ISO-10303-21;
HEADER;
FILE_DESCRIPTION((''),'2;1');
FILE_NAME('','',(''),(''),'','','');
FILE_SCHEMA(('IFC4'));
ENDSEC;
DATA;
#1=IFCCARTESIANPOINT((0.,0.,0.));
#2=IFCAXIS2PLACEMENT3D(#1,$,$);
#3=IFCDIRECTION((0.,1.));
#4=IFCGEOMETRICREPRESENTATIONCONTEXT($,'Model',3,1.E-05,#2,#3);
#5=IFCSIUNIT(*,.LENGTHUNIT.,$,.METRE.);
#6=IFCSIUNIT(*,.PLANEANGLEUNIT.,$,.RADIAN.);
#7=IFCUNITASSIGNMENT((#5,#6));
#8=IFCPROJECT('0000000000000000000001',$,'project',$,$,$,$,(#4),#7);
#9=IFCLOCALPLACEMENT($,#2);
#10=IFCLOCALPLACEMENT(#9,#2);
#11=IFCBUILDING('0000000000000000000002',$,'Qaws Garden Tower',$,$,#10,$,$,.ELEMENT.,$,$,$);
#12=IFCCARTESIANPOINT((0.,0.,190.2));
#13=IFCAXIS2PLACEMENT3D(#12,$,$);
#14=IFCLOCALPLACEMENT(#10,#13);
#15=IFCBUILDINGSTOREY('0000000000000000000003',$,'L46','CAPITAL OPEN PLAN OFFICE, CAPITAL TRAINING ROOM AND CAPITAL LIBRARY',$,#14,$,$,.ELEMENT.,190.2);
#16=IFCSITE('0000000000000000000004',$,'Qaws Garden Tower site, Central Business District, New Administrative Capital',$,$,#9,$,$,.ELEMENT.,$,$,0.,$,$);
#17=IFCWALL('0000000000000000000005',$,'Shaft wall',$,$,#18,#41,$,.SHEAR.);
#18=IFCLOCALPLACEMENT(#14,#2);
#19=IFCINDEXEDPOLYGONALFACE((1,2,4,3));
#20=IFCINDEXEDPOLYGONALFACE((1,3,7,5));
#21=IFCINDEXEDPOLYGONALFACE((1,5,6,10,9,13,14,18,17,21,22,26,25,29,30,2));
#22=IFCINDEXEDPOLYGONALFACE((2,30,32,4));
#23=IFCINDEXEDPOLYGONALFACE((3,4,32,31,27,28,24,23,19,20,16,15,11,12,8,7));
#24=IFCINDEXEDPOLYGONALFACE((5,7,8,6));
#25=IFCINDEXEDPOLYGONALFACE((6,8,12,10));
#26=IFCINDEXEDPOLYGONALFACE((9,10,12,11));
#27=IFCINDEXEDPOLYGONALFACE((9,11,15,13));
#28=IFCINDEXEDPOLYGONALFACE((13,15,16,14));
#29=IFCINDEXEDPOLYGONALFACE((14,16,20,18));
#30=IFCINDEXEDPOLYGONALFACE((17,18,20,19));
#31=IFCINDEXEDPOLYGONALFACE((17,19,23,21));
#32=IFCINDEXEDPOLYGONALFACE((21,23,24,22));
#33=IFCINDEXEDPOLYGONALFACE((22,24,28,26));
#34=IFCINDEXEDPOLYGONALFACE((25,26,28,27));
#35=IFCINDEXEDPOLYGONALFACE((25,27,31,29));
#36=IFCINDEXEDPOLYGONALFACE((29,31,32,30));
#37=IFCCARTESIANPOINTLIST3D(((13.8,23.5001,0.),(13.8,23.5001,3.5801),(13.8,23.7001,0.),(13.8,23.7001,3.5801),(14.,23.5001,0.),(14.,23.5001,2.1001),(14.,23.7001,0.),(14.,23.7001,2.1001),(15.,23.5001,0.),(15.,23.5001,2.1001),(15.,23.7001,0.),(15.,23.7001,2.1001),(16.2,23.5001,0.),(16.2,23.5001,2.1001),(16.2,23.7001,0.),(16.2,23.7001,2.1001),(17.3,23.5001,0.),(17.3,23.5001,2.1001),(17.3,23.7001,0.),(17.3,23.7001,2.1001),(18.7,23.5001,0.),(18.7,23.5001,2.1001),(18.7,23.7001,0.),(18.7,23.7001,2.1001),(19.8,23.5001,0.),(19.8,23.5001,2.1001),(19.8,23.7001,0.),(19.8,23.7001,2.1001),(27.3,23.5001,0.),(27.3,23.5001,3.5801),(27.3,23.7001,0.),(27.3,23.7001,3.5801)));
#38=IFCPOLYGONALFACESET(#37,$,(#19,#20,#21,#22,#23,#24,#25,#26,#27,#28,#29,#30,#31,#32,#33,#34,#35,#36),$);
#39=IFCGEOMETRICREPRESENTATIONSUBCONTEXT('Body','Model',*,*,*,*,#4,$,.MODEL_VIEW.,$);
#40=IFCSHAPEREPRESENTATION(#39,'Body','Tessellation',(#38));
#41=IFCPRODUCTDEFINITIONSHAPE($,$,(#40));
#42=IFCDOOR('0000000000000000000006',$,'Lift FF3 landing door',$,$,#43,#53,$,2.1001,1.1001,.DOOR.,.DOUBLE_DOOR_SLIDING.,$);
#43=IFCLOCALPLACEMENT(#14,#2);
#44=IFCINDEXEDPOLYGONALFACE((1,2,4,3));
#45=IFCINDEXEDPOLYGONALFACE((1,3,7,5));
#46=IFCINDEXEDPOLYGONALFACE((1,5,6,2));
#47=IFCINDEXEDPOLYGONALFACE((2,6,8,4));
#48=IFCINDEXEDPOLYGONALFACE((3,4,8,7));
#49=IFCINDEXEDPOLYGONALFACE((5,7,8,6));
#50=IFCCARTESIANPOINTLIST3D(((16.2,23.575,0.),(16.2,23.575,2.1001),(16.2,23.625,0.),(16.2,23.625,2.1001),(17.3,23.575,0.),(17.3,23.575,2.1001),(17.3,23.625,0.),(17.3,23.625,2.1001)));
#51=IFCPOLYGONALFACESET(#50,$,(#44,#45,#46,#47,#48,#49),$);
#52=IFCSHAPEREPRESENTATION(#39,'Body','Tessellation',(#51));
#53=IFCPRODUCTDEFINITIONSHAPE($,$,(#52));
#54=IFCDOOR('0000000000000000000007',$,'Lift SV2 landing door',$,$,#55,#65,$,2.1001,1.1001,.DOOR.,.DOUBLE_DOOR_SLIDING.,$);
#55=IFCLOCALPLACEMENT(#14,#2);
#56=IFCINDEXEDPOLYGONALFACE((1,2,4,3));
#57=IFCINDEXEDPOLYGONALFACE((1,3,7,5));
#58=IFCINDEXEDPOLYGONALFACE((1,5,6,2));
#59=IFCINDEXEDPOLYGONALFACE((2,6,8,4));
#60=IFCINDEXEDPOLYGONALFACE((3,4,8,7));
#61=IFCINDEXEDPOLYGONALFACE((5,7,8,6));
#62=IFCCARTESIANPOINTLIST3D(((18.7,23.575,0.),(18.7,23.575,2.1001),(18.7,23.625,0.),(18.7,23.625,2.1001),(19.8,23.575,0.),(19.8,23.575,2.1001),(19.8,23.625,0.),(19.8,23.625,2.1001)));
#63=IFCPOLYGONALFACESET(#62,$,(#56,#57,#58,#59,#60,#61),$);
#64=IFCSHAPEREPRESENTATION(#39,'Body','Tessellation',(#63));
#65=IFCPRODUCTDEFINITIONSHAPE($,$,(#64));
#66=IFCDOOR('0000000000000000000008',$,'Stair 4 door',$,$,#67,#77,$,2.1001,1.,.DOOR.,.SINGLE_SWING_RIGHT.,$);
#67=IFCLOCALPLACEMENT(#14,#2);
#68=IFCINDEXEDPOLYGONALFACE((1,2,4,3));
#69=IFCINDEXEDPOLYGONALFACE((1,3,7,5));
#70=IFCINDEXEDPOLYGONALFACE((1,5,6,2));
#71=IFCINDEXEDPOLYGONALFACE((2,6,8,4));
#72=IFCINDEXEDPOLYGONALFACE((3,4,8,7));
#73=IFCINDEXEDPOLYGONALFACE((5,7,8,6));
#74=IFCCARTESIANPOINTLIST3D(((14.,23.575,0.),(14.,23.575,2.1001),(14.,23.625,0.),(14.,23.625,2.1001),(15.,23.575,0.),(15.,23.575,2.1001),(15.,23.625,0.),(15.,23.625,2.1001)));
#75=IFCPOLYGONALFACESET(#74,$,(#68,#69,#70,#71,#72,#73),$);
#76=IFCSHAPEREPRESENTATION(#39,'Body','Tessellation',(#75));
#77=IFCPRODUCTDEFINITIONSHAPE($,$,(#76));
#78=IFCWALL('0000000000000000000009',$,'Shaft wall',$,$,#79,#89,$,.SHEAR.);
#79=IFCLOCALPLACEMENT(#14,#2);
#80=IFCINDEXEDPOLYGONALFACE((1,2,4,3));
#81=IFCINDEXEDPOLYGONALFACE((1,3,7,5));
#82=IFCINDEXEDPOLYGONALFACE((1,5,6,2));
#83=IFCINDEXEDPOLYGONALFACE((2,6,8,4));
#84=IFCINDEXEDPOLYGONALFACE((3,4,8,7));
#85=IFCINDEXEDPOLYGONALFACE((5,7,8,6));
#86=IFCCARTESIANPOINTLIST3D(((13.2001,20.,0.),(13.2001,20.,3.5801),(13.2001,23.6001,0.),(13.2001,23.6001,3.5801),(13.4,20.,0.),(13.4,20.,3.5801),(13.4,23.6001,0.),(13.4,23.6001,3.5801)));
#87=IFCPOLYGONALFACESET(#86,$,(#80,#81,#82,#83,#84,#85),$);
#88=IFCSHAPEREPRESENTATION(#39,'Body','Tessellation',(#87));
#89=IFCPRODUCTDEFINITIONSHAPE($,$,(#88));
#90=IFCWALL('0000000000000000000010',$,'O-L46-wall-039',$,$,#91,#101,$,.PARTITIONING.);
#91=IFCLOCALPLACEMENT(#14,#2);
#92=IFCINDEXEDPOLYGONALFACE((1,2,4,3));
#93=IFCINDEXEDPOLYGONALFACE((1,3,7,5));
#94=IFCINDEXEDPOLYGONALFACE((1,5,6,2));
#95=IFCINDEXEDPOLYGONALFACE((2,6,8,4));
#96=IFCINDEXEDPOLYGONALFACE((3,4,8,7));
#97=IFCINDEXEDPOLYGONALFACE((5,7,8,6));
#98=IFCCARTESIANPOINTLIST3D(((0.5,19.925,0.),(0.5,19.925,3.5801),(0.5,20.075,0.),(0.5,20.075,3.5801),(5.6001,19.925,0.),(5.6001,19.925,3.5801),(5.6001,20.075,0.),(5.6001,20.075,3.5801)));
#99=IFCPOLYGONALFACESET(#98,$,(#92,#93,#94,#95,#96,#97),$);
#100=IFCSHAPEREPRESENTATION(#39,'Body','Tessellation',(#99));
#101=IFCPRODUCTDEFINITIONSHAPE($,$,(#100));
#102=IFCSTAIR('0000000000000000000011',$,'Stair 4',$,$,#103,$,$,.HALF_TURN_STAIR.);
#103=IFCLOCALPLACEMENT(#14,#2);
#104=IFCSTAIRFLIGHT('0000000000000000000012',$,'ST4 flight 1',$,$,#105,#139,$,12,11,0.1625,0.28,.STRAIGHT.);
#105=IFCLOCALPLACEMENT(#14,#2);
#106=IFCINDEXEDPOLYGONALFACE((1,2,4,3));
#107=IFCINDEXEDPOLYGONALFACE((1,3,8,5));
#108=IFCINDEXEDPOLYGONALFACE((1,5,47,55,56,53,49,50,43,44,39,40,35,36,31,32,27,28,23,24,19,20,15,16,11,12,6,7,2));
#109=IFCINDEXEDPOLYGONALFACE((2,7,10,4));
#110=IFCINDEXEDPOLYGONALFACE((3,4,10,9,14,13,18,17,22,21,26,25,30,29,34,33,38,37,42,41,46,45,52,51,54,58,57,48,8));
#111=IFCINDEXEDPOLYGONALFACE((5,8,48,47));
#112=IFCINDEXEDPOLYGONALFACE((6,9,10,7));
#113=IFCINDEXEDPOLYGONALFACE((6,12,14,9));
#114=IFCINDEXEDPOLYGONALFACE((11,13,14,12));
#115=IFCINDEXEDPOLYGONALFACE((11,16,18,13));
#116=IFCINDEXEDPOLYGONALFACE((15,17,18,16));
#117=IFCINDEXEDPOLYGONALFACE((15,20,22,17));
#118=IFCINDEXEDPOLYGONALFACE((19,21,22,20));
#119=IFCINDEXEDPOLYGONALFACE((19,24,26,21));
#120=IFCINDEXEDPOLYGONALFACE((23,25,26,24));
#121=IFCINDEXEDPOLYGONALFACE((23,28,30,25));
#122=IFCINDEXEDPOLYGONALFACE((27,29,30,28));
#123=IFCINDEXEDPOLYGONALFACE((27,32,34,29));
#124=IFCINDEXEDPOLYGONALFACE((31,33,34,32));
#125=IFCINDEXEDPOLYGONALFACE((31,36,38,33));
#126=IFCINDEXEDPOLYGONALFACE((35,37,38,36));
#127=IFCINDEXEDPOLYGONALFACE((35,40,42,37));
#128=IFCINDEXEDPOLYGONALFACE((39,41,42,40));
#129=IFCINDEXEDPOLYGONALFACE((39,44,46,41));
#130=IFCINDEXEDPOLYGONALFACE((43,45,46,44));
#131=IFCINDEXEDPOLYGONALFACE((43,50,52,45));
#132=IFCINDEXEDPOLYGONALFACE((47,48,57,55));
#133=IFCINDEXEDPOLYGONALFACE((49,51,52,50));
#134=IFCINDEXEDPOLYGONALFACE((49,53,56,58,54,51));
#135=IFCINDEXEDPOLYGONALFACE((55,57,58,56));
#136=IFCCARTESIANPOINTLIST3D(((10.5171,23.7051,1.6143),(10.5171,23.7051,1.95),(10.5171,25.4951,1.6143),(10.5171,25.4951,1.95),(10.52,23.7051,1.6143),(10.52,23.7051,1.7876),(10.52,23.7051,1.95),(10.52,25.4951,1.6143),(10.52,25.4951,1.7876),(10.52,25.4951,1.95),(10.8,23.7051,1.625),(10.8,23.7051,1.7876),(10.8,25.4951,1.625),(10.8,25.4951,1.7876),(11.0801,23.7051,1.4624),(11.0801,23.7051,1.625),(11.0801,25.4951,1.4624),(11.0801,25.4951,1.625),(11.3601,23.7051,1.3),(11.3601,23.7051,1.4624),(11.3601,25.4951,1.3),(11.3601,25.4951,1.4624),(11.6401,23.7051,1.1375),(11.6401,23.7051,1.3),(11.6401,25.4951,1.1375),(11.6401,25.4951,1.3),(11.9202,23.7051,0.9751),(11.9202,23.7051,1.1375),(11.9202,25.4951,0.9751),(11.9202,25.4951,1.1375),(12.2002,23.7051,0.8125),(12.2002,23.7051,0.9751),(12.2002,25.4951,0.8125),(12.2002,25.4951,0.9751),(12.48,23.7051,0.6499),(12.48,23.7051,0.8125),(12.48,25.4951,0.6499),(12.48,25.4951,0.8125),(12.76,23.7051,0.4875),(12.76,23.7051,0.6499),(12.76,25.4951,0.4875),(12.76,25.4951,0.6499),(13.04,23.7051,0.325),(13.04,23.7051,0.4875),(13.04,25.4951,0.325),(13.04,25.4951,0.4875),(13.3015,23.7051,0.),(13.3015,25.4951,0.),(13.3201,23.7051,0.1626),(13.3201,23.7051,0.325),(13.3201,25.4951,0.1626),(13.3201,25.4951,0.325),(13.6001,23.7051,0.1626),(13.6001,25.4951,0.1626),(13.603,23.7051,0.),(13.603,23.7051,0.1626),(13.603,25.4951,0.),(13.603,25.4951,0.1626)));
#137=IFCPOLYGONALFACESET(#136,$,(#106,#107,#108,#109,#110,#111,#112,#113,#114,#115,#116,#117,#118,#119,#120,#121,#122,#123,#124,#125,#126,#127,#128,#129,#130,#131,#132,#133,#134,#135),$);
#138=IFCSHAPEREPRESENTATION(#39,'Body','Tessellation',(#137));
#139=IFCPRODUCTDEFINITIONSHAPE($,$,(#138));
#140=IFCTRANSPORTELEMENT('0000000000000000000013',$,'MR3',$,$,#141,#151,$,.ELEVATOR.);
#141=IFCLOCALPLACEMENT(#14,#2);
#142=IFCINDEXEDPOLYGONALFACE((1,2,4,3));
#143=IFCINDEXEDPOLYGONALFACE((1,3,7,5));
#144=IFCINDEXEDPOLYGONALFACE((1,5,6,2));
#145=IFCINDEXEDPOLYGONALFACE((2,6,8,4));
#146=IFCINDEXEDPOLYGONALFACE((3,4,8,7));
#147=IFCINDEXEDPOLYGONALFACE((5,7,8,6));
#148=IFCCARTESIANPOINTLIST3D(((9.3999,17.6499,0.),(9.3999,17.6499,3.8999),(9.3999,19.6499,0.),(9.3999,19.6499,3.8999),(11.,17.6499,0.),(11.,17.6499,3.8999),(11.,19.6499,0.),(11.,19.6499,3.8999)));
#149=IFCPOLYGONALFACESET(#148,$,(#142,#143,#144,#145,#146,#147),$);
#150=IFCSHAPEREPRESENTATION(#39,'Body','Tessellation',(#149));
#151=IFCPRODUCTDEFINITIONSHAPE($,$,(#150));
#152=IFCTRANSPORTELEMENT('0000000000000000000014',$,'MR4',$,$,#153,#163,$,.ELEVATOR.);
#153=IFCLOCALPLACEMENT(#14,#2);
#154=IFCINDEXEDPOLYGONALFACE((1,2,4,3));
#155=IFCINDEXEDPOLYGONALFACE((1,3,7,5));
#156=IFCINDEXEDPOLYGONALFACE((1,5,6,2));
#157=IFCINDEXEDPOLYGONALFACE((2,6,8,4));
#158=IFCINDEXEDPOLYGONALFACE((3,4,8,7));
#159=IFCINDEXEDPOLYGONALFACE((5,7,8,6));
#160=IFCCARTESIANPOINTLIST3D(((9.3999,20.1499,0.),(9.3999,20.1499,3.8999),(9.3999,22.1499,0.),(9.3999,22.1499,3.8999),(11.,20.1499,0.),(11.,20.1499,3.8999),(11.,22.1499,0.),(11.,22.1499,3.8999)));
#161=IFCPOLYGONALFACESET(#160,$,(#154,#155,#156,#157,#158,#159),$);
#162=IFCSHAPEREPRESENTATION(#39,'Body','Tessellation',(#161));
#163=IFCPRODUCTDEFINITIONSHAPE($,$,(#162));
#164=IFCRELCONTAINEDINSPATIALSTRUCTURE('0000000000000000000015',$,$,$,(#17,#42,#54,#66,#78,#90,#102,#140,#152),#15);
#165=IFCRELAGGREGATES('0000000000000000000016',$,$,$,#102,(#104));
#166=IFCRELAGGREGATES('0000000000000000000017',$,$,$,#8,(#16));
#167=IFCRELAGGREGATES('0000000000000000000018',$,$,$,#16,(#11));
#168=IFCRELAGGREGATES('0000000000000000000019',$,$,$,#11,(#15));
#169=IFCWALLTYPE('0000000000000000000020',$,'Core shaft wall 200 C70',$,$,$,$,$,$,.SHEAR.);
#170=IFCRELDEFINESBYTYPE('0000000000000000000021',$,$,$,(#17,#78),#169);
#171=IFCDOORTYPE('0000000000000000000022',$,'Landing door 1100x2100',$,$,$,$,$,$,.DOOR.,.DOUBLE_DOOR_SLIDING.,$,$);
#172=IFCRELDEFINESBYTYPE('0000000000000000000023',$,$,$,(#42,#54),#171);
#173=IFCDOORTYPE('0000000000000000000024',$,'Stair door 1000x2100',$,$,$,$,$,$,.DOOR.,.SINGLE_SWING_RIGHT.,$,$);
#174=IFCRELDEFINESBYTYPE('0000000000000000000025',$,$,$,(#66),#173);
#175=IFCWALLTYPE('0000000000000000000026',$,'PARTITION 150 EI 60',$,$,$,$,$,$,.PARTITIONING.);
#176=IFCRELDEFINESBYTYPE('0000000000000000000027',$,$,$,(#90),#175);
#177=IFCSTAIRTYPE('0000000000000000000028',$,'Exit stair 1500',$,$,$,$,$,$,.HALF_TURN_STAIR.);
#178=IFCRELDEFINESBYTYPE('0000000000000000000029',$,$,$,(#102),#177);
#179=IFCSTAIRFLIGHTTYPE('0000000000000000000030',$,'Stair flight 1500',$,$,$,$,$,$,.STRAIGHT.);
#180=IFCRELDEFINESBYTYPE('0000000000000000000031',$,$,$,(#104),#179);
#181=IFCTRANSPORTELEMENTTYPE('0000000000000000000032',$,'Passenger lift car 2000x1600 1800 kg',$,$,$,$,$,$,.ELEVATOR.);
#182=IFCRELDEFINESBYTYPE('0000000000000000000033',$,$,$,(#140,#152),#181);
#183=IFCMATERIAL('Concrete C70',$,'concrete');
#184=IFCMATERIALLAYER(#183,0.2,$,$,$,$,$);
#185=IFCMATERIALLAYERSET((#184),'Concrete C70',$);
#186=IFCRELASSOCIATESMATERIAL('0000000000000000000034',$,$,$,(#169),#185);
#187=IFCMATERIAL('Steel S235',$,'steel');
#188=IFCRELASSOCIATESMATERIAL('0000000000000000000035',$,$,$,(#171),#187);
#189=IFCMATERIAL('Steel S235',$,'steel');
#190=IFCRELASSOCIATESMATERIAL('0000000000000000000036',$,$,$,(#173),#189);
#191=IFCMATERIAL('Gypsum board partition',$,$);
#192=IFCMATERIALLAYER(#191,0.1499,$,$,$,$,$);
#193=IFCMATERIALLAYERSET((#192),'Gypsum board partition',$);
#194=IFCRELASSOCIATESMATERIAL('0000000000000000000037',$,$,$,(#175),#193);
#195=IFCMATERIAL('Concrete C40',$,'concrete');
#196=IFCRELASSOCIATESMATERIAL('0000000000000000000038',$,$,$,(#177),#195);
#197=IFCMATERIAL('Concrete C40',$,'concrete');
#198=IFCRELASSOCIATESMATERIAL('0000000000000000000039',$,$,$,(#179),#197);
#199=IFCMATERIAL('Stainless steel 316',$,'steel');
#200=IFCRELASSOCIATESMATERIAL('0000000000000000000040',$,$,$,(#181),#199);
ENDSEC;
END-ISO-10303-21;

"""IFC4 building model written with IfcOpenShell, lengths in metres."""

from ifc_helpers import new_model, si_unit, direction, frame, frame_2d, origin, origin_2d, place, context, subcontext, project, spatial, polyline, rectangle, outline, extrude, material, layer, layer_set, type_object, element, fill, aggregate, save


model = new_model("IFC4")

# Units and contexts
model_context = context("Model", 3, precision=1e-05, world=origin(), true_north=direction((0.0, 1.0)))
body_context = subcontext(model_context, "Body", "Model", "MODEL_VIEW")
ifc_project = project(units=[si_unit("LENGTHUNIT", "METRE"), si_unit("PLANEANGLEUNIT", "RADIAN")], contexts=[model_context])

# Site, building, storey
site_placement = place(None, origin())
site = spatial("IfcSite", under=ifc_project, at=site_placement, Name="Qaws Garden Tower site, Central Business District, New Administrative Capital", CompositionType="ELEMENT", RefElevation=0.0)
building_placement = place(site_placement, origin())
building = spatial("IfcBuilding", under=site, at=building_placement, Name="Qaws Garden Tower", CompositionType="ELEMENT")
storey_placement = place(building_placement, frame((0.0, 0.0, 190.2)))
storey = spatial("IfcBuildingStorey", under=building, at=storey_placement, Name="L46", Description="CAPITAL OPEN PLAN OFFICE, CAPITAL TRAINING ROOM AND CAPITAL LIBRARY", CompositionType="ELEMENT", Elevation=190.2)

# Shared definitions
ifc_material_1 = material(Name="Concrete C70", Category="concrete")
ifc_layer_1 = layer(ifc_material_1, 0.2)
ifc_layer_set_1 = layer_set([ifc_layer_1], Name="Concrete C70")
wall_type_1 = type_object("IfcWallType", Name="Core shaft wall 200 C70", PredefinedType="SHEAR", material=ifc_layer_set_1)

# Wall, openings, doors
wall_1_placement = place(storey_placement, frame((13.8, 23.6001, 0.0), z_axis=(0.0, 0.0, 1.0), x_axis=(1.0, 0.0, 0.0)))
wall_1 = element("IfcWall", 1, at=wall_1_placement, inside=storey, type_object=wall_type_1, Name="Shaft wall", PredefinedType="SHEAR", context=body_context, shape_type="SweptSolid", body=[
    extrude(rectangle(XDim=13.5, YDim=0.2, at=frame_2d((6.75, 0.0))), origin(), (0.0, 0.0, 1.0), 3.5801),
])
opening_1_placement = place(wall_1_placement, frame((2.3999, 0.0, 0.0)))
opening_1 = element("IfcOpeningElement", 2, at=opening_1_placement, cuts=wall_1, PredefinedType="OPENING", context=body_context, shape_type="SweptSolid", body=[
    extrude(rectangle(XDim=1.1001, YDim=2.1001, at=frame_2d((0.55, 1.05))), frame((0.0, 0.1099, 0.0), z_axis=(0.0, -1.0, 0.0), x_axis=(1.0, 0.0, 0.0)), (0.0, 0.0, 1.0), 0.22),
])
opening_2_placement = place(wall_1_placement, frame((4.8999, 0.0, 0.0)))
opening_2 = element("IfcOpeningElement", 3, at=opening_2_placement, cuts=wall_1, PredefinedType="OPENING", context=body_context, shape_type="SweptSolid", body=[
    extrude(rectangle(XDim=1.1001, YDim=2.1001, at=frame_2d((0.55, 1.05))), frame((0.0, 0.1099, 0.0), z_axis=(0.0, -1.0, 0.0), x_axis=(1.0, 0.0, 0.0)), (0.0, 0.0, 1.0), 0.22),
])
opening_3_placement = place(wall_1_placement, frame((0.2, 0.0, 0.0)))
opening_3 = element("IfcOpeningElement", 4, at=opening_3_placement, cuts=wall_1, PredefinedType="OPENING", context=body_context, shape_type="SweptSolid", body=[
    extrude(rectangle(XDim=1.0, YDim=2.1001, at=frame_2d((0.5, 1.05))), frame((0.0, 0.1099, 0.0), z_axis=(0.0, -1.0, 0.0), x_axis=(1.0, 0.0, 0.0)), (0.0, 0.0, 1.0), 0.22),
])
ifc_material_2 = material(Name="Steel S235", Category="steel")
door_type_1 = type_object("IfcDoorType", Name="Landing door 1100x2100", OperationType="DOUBLE_DOOR_SLIDING", PredefinedType="DOOR", material=ifc_material_2)
door_1_placement = place(opening_1_placement, origin())
door_1 = element("IfcDoor", 5, at=door_1_placement, inside=storey, type_object=door_type_1, Name="Lift FF3 landing door", OperationType="DOUBLE_DOOR_SLIDING", OverallHeight=2.1001, OverallWidth=1.1001, PredefinedType="DOOR", context=body_context, shape_type="SweptSolid", body=[
    extrude(rectangle(XDim=1.1001, YDim=2.1001, at=frame_2d((0.55, 1.05))), frame((0.0, 0.0249, 0.0), z_axis=(0.0, -1.0, 0.0), x_axis=(1.0, 0.0, 0.0)), (0.0, 0.0, 1.0), 0.05),
])
fill(opening_1, door_1)
door_2_placement = place(opening_2_placement, origin())
door_2 = element("IfcDoor", 6, at=door_2_placement, inside=storey, type_object=door_type_1, Name="Lift SV2 landing door", OperationType="DOUBLE_DOOR_SLIDING", OverallHeight=2.1001, OverallWidth=1.1001, PredefinedType="DOOR", context=body_context, shape_type="SweptSolid", body=[
    extrude(rectangle(XDim=1.1001, YDim=2.1001, at=frame_2d((0.55, 1.05))), frame((0.0, 0.0249, 0.0), z_axis=(0.0, -1.0, 0.0), x_axis=(1.0, 0.0, 0.0)), (0.0, 0.0, 1.0), 0.05),
])
fill(opening_2, door_2)
ifc_material_3 = material(Name="Steel S235", Category="steel")
door_type_2 = type_object("IfcDoorType", Name="Stair door 1000x2100", OperationType="SINGLE_SWING_RIGHT", PredefinedType="DOOR", material=ifc_material_3)
door_3_placement = place(opening_3_placement, origin())
door_3 = element("IfcDoor", 7, at=door_3_placement, inside=storey, type_object=door_type_2, Name="Stair 4 door", OperationType="SINGLE_SWING_RIGHT", OverallHeight=2.1001, OverallWidth=1.0, PredefinedType="DOOR", context=body_context, shape_type="SweptSolid", body=[
    extrude(rectangle(XDim=1.0, YDim=2.1001, at=frame_2d((0.5, 1.05))), frame((0.0, 0.0249, 0.0), z_axis=(0.0, -1.0, 0.0), x_axis=(1.0, 0.0, 0.0)), (0.0, 0.0, 1.0), 0.05),
])
fill(opening_3, door_3)

# Walls
wall_2_placement = place(storey_placement, frame((13.3, 20.0, 0.0), z_axis=(0.0, 0.0, 1.0), x_axis=(0.0, 1.0, 0.0)))
element("IfcWall", 8, at=wall_2_placement, inside=storey, type_object=wall_type_1, Name="Shaft wall", PredefinedType="SHEAR", context=body_context, shape_type="SweptSolid", body=[
    extrude(rectangle(XDim=3.6001, YDim=0.2, at=frame_2d((1.8, 0.0))), origin(), (0.0, 0.0, 1.0), 3.5801),
])
ifc_material_4 = material(Name="Gypsum board partition")
ifc_layer_2 = layer(ifc_material_4, 0.1499)
ifc_layer_set_2 = layer_set([ifc_layer_2], Name="Gypsum board partition")
wall_type_2 = type_object("IfcWallType", Name="PARTITION 150 EI 60", PredefinedType="PARTITIONING", material=ifc_layer_set_2)
wall_3_placement = place(storey_placement, frame((0.5, 20.0, 0.0), z_axis=(0.0, 0.0, 1.0), x_axis=(1.0, 0.0, 0.0)))
element("IfcWall", 9, at=wall_3_placement, inside=storey, type_object=wall_type_2, Name="O-L46-wall-039", PredefinedType="PARTITIONING", context=body_context, shape_type="SweptSolid", body=[
    extrude(rectangle(XDim=5.1001, YDim=0.1499, at=frame_2d((2.55, 0.0))), origin(), (0.0, 0.0, 1.0), 3.5801),
])

# Stair, stair flight
ifc_material_5 = material(Name="Concrete C40", Category="concrete")
stair_type = type_object("IfcStairType", Name="Exit stair 1500", PredefinedType="HALF_TURN_STAIR", material=ifc_material_5)
stair_placement = place(storey_placement, origin())
stair = element("IfcStair", 10, at=stair_placement, inside=storey, type_object=stair_type, Name="Stair 4", PredefinedType="HALF_TURN_STAIR")
ifc_material_6 = material(Name="Concrete C40", Category="concrete")
stair_flight_type = type_object("IfcStairFlightType", Name="Stair flight 1500", PredefinedType="STRAIGHT", material=ifc_material_6)
stair_flight_placement = place(storey_placement, frame((13.6001, 24.6001, 0.0), z_axis=(0.0, 0.0, 1.0), x_axis=(-1.0, 0.0, 0.0)))
stair_flight = element("IfcStairFlight", 11, at=stair_flight_placement, type_object=stair_flight_type, Name="ST4 flight 1", NumberOfRisers=12, NumberOfTreads=11, PredefinedType="STRAIGHT", RiserHeight=0.1625, TreadLength=0.28, context=body_context, shape_type="SweptSolid", body=[
    extrude(outline(polyline([(-0.0029, 0.0), (-0.0029, 0.1626), (0.0, 0.1626), (0.28, 0.1626), (0.28, 0.325), (0.5601, 0.325), (0.5601, 0.4875), (0.8401, 0.4875), (0.8401, 0.6499), (1.1201, 0.6499), (1.1201, 0.8125), (1.3999, 0.8125), (1.3999, 0.9751), (1.6799, 0.9751), (1.6799, 1.1375), (1.96, 1.1375), (1.96, 1.3), (2.24, 1.3), (2.24, 1.4624), (2.52, 1.4624), (2.52, 1.625), (2.8, 1.625), (2.8, 1.7876), (3.0801, 1.7876), (3.0801, 1.95), (3.083, 1.95), (3.083, 1.6143), (3.0801, 1.6143), (0.2986, 0.0), (-0.0029, 0.0)])), frame((0.0, 0.895, 0.0), z_axis=(0.0, -1.0, 0.0), x_axis=(1.0, 0.0, 0.0)), (0.0, 0.0, 1.0), 1.79),
])
aggregate(stair, [stair_flight])

# Transport elements
ifc_material_7 = material(Name="Stainless steel 316", Category="steel")
transport_element_type = type_object("IfcTransportElementType", Name="Passenger lift car 2000x1600 1800 kg", PredefinedType="ELEVATOR", material=ifc_material_7)
for number, where, z_axis, x_axis, name in (
    (12, (10.2, 18.6499, 0.0), (0.0, 0.0, 1.0), (1.0, 0.0, 0.0), "MR3"),
    (13, (10.2, 21.1499, 0.0), (0.0, 0.0, 1.0), (1.0, 0.0, 0.0), "MR4"),
):
    element("IfcTransportElement", number, at=place(storey_placement, frame(where, z_axis=z_axis, x_axis=x_axis)), inside=storey, type_object=transport_element_type, Name=name, PredefinedType="ELEVATOR", context=body_context, shape_type="SweptSolid", body=[
        extrude(rectangle(XDim=1.6001, YDim=2.0, at=origin_2d()), origin(), (0.0, 0.0, 1.0), 3.8999),
    ])

save(model, "model.ifc")
